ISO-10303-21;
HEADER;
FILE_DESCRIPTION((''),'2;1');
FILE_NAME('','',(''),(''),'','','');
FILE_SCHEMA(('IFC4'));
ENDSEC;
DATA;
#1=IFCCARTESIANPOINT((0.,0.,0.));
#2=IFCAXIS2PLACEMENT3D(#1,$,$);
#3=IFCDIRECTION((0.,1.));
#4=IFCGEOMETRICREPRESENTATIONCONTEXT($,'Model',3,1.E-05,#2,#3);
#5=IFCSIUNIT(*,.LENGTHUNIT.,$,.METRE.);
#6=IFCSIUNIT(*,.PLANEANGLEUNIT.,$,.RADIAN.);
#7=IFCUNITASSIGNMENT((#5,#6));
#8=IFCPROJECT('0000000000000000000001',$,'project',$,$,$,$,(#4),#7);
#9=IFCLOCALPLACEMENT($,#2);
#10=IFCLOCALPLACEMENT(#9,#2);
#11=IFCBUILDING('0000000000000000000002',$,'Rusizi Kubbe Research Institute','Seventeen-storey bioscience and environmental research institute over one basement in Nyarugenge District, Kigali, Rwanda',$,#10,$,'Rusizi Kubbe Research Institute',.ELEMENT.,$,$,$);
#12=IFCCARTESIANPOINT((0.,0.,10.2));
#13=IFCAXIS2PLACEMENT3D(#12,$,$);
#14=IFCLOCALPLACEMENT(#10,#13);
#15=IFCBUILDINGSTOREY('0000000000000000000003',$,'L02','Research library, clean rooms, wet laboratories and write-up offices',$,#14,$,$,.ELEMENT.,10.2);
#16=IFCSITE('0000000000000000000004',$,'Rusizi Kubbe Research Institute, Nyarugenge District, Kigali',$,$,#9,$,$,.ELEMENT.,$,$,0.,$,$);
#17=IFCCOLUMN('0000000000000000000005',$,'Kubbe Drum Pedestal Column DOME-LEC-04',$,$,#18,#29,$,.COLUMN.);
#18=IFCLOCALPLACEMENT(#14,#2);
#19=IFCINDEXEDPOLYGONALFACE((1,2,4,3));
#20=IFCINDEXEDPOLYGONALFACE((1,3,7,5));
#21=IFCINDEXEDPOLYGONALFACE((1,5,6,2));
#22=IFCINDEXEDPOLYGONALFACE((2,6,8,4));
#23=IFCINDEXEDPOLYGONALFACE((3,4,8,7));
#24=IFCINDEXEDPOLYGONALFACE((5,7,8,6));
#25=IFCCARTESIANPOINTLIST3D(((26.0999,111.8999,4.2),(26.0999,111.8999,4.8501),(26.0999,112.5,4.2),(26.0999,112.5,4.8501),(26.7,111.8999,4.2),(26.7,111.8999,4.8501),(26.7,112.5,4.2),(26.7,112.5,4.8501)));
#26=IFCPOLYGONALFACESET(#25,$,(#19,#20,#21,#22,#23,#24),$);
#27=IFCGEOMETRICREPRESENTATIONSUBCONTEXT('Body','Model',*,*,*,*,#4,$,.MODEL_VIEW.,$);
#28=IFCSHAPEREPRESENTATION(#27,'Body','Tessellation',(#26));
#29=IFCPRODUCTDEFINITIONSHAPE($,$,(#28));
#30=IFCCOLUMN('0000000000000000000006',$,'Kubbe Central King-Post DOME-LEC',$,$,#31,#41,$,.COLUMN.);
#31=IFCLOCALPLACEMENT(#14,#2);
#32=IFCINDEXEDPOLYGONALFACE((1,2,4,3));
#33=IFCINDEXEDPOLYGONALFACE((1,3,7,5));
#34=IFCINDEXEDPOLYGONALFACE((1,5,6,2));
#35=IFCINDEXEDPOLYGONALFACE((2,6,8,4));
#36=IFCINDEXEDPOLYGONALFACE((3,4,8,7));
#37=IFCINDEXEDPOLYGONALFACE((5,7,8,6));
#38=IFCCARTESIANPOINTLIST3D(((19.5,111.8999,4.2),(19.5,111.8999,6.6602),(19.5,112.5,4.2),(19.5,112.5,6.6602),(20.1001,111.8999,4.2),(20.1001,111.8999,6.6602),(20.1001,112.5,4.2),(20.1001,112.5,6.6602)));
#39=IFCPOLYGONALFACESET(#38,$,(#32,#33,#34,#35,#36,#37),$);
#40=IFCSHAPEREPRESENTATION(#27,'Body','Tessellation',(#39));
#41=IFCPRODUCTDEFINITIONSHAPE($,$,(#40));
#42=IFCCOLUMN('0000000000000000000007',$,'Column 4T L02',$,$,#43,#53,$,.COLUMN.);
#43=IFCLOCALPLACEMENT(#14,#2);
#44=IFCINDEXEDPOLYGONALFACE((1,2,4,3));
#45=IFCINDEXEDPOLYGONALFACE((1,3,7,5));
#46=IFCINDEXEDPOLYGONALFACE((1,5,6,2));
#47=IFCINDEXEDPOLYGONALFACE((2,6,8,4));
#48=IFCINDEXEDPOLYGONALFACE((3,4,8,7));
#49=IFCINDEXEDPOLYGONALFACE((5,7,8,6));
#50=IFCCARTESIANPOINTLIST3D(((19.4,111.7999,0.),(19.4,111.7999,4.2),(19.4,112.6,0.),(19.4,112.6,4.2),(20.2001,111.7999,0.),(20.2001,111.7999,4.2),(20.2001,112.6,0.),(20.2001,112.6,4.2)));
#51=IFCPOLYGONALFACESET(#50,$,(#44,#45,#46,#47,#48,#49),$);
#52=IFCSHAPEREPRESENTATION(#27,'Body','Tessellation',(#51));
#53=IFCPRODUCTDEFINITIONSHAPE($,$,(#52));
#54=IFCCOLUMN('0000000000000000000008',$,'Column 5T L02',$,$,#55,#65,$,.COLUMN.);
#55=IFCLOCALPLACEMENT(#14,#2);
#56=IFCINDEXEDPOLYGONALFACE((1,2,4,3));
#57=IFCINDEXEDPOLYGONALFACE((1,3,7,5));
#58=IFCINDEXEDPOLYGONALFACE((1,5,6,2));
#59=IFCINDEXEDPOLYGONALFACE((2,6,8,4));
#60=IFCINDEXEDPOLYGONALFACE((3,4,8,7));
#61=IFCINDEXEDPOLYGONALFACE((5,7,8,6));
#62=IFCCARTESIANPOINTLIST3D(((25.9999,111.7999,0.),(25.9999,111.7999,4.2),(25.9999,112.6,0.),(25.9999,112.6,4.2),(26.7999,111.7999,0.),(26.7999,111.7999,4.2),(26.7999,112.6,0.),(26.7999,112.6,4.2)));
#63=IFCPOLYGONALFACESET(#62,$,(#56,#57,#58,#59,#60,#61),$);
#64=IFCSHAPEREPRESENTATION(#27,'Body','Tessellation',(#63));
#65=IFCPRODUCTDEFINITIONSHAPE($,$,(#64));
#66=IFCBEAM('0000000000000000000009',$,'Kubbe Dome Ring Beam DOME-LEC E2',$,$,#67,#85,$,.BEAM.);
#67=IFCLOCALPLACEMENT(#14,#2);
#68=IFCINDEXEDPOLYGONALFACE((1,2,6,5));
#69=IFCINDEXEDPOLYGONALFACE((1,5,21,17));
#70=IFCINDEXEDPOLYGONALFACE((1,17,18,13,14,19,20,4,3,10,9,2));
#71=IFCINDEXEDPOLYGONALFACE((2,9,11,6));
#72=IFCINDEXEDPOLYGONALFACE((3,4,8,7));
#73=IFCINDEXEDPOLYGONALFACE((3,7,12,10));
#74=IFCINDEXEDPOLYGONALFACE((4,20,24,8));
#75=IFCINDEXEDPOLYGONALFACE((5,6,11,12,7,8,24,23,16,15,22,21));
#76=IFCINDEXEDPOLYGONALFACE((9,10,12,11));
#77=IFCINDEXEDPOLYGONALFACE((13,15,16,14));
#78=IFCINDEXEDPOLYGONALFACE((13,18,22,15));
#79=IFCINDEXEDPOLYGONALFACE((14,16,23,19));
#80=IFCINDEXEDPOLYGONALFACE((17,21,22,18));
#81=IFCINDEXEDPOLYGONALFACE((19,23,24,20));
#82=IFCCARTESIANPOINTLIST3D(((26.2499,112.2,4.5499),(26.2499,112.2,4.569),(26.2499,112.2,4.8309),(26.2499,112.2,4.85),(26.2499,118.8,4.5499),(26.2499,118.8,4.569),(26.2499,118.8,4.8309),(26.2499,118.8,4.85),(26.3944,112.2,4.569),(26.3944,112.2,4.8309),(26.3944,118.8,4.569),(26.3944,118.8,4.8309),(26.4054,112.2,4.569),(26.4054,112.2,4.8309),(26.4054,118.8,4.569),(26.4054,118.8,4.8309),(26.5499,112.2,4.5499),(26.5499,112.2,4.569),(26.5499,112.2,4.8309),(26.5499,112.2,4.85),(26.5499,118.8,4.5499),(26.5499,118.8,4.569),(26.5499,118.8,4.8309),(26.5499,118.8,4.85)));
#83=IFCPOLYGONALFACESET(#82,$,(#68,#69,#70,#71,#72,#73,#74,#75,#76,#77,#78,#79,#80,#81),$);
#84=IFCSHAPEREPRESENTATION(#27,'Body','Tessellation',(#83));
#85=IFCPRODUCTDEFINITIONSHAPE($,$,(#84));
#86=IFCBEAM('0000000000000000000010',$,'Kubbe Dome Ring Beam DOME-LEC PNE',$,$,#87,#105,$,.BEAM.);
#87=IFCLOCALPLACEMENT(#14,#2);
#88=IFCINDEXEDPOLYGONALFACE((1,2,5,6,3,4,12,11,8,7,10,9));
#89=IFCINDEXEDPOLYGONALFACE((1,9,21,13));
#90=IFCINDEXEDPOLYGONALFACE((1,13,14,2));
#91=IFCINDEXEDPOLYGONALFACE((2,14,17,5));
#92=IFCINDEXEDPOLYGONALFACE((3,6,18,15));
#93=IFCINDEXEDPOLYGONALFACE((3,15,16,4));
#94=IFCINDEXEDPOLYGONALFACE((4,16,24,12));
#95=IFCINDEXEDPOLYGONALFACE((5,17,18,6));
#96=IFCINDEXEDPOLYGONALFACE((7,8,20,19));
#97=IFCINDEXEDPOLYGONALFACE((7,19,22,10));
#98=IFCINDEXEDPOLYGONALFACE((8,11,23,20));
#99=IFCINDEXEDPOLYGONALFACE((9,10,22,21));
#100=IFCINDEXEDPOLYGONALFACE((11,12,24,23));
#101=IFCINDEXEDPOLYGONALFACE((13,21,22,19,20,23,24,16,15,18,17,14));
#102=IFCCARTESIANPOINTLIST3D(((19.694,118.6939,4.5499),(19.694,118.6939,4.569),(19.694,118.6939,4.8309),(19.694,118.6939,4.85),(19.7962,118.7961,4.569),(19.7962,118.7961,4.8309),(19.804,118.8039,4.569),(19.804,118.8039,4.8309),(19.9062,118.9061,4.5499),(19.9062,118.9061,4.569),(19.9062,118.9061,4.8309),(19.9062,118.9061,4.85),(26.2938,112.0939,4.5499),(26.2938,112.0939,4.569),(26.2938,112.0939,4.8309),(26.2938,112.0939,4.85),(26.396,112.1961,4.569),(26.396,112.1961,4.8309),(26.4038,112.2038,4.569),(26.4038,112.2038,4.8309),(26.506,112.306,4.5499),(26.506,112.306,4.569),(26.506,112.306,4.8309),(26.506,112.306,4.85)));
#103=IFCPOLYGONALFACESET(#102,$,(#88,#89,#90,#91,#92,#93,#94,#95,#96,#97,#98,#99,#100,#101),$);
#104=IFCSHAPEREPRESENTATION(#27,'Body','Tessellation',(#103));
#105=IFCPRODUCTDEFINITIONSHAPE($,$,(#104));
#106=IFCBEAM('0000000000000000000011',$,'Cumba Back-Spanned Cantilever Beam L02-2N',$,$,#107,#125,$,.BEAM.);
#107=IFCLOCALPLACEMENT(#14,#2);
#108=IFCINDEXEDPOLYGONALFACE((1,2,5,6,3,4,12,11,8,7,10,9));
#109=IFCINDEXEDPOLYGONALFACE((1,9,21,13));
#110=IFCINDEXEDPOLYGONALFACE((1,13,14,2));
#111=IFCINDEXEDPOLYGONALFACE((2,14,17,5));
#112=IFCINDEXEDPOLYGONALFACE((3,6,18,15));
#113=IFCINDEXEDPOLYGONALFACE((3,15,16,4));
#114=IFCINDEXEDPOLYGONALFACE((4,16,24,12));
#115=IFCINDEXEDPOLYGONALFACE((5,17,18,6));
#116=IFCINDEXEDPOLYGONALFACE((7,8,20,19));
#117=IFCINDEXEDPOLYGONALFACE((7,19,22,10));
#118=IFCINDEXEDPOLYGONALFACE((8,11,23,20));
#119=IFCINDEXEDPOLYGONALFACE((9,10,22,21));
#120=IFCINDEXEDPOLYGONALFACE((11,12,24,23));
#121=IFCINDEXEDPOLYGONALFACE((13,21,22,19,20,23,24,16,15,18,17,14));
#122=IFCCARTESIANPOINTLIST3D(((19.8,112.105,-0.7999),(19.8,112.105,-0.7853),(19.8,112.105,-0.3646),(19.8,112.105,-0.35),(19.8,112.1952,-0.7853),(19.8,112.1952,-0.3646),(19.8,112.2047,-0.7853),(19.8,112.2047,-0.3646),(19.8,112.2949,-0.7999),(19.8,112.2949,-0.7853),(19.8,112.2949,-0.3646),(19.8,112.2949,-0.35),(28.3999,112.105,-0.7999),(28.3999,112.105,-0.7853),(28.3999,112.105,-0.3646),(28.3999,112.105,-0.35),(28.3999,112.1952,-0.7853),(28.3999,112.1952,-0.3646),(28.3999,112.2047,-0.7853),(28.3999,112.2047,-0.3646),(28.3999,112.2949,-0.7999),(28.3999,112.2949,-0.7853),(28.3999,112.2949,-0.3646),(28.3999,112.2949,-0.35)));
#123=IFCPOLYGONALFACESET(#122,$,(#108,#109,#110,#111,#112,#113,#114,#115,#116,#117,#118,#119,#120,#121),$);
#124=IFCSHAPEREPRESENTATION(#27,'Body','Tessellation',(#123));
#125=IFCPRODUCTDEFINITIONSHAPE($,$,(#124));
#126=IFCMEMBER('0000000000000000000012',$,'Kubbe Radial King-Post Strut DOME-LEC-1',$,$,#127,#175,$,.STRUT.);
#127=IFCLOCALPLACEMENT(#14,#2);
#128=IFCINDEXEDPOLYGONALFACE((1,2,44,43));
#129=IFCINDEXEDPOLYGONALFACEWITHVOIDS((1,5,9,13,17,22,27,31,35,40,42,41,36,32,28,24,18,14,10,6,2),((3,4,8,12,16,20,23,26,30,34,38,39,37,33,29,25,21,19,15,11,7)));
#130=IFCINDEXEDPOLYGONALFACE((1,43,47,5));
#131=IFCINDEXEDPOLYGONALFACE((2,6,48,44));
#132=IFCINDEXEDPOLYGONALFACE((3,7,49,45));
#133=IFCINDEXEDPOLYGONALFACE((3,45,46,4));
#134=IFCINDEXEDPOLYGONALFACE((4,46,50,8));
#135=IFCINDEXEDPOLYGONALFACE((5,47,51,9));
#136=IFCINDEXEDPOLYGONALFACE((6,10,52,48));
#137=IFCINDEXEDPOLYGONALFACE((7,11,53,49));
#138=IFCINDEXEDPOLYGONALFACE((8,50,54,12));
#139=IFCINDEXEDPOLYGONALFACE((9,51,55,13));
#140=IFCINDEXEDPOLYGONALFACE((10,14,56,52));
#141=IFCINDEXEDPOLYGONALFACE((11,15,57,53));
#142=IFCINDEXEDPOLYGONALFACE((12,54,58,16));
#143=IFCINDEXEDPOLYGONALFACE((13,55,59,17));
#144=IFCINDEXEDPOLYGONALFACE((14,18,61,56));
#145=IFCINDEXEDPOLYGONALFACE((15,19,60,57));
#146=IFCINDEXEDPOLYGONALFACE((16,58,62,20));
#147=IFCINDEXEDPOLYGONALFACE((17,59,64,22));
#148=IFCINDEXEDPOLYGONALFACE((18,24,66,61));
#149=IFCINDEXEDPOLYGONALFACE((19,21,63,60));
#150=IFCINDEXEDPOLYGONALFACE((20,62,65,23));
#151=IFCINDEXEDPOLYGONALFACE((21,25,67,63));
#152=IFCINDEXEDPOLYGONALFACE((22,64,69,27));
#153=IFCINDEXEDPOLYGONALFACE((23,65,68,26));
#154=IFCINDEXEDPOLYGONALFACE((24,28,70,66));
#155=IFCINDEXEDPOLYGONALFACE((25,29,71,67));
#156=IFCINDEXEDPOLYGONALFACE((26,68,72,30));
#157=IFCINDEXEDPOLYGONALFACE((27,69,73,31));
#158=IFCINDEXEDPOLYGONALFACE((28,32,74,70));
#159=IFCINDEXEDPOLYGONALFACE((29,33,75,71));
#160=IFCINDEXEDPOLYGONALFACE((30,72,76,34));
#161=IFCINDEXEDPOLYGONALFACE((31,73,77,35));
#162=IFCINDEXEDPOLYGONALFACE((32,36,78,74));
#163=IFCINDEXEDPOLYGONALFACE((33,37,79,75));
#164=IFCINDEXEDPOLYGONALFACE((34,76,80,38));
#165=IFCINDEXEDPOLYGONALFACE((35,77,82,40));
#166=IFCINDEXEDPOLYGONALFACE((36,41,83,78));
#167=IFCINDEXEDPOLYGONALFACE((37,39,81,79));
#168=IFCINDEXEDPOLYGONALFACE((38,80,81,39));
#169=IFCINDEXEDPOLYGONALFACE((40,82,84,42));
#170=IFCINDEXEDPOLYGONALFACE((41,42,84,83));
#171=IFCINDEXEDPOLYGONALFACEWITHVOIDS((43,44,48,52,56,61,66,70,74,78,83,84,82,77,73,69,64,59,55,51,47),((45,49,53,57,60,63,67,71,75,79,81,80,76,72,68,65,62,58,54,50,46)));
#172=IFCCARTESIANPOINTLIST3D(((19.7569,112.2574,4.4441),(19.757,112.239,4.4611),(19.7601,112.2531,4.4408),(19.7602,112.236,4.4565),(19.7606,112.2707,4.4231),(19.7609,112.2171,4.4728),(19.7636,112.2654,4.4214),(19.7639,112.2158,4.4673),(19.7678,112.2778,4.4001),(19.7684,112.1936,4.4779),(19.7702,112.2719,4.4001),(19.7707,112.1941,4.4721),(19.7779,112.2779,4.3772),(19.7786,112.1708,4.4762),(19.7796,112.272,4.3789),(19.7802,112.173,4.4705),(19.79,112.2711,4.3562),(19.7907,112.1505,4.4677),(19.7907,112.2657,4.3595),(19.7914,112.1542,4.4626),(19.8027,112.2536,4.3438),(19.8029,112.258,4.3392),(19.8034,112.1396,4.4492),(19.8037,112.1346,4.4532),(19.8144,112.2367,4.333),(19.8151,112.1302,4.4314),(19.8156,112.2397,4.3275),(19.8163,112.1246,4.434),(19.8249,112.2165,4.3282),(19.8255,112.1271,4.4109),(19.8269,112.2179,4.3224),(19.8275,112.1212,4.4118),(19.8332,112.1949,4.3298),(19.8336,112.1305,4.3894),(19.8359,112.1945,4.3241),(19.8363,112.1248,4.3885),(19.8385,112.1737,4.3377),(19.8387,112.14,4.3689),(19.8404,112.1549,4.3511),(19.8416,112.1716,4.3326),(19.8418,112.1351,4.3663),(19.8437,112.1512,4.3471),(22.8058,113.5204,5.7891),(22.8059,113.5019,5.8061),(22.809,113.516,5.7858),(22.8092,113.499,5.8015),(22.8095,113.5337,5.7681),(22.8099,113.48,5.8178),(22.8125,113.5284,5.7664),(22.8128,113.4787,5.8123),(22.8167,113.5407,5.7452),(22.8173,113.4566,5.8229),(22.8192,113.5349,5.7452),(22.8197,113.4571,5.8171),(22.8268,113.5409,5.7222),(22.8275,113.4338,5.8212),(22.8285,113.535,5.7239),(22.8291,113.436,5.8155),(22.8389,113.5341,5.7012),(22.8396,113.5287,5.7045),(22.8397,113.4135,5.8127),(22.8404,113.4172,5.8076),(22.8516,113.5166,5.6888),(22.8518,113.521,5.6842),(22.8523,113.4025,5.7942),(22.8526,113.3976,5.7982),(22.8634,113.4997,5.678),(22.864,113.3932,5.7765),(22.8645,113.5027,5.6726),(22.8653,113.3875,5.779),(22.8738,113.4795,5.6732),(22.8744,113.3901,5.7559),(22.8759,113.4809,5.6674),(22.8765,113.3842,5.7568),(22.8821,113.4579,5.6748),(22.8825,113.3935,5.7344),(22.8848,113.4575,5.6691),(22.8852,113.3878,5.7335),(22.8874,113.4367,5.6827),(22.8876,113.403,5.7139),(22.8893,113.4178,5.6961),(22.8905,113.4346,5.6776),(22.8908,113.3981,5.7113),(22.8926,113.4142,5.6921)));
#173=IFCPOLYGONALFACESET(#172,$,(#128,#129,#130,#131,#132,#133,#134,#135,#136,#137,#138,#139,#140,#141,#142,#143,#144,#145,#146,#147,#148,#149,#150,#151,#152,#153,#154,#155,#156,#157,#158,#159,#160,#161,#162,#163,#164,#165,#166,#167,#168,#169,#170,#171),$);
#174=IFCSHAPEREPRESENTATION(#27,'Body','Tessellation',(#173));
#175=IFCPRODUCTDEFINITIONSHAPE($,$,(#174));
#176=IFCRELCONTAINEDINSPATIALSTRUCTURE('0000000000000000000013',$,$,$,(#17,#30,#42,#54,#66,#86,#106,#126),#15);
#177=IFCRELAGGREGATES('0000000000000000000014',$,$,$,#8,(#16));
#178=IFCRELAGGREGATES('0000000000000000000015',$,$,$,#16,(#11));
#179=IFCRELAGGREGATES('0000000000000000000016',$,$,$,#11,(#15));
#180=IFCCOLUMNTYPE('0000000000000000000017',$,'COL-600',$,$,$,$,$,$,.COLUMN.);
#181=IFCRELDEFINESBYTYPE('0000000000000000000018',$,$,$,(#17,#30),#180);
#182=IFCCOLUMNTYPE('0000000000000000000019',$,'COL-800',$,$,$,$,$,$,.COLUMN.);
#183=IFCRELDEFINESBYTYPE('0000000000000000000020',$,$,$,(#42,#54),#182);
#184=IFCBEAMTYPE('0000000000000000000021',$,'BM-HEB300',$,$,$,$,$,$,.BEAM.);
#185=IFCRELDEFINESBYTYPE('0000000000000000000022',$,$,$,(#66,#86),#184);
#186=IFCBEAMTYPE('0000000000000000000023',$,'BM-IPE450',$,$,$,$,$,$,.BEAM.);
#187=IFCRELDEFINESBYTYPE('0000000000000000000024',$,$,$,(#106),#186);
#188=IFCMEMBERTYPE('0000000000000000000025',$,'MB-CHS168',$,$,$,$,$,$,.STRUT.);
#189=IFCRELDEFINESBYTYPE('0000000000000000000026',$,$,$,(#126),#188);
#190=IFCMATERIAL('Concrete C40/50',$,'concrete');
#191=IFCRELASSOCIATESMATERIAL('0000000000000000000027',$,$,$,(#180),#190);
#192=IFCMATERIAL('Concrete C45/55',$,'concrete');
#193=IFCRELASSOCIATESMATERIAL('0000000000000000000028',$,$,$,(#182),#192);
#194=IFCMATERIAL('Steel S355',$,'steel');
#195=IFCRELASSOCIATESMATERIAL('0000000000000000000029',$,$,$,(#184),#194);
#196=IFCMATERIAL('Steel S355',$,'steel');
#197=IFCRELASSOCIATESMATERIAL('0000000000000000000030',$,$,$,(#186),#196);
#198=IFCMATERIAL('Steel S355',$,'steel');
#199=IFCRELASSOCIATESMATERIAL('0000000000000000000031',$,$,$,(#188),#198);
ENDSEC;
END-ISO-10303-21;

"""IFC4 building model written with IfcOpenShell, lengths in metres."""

from ifc_helpers import new_model, si_unit, direction, frame, origin, origin_2d, place, context, subcontext, project, spatial, rectangle, hollow_circle, i_section, extrude, material, material_profile, profile_set, type_object, element, save


model = new_model("IFC4")

# Units and contexts
model_context = context("Model", 3, precision=1e-05, world=origin(), true_north=direction((0.0, 1.0)))
body_context = subcontext(model_context, "Body", "Model", "MODEL_VIEW")
ifc_project = project(units=[si_unit("LENGTHUNIT", "METRE"), si_unit("PLANEANGLEUNIT", "RADIAN")], contexts=[model_context])

# Site, building, storey
site_placement = place(None, origin())
site = spatial("IfcSite", under=ifc_project, at=site_placement, Name="Rusizi Kubbe Research Institute, Nyarugenge District, Kigali", CompositionType="ELEMENT", RefElevation=0.0)
building_placement = place(site_placement, origin())
building = spatial("IfcBuilding", under=site, at=building_placement, Name="Rusizi Kubbe Research Institute", Description="Seventeen-storey bioscience and environmental research institute over one basement in Nyarugenge District, Kigali, Rwanda", LongName="Rusizi Kubbe Research Institute", CompositionType="ELEMENT")
storey_placement = place(building_placement, frame((0.0, 0.0, 10.2)))
storey = spatial("IfcBuildingStorey", under=building, at=storey_placement, Name="L02", Description="Research library, clean rooms, wet laboratories and write-up offices", CompositionType="ELEMENT", Elevation=10.2)

# Columns
ifc_material_1 = material(Name="Concrete C40/50", Category="concrete")
ifc_material_profile_1 = material_profile(ifc_material_1, rectangle(XDim=0.6001, YDim=0.6001, at=origin_2d()), Name="RC600x600")
ifc_profile_set_1 = profile_set([ifc_material_profile_1], Name="Concrete C40/50")
column_type_1 = type_object("IfcColumnType", Name="COL-600", PredefinedType="COLUMN", material=ifc_profile_set_1)
column_1_placement = place(storey_placement, frame((26.3999, 112.2, 4.2), z_axis=(0.0, 0.0, 1.0), x_axis=(1.0, 0.0, 0.0)))
element("IfcColumn", 1, at=column_1_placement, inside=storey, type_object=column_type_1, Name="Kubbe Drum Pedestal Column DOME-LEC-04", PredefinedType="COLUMN", context=body_context, shape_type="SweptSolid", body=[
    extrude(rectangle(XDim=0.6001, YDim=0.6001, at=origin_2d()), origin(), (0.0, 0.0, 1.0), 0.6501),
])
column_2_placement = place(storey_placement, frame((19.8, 112.2, 4.2), z_axis=(0.0, 0.0, 1.0), x_axis=(1.0, 0.0, 0.0)))
element("IfcColumn", 2, at=column_2_placement, inside=storey, type_object=column_type_1, Name="Kubbe Central King-Post DOME-LEC", PredefinedType="COLUMN", context=body_context, shape_type="SweptSolid", body=[
    extrude(rectangle(XDim=0.6001, YDim=0.6001, at=origin_2d()), origin(), (0.0, 0.0, 1.0), 2.4602),
])
ifc_material_2 = material(Name="Concrete C45/55", Category="concrete")
ifc_material_profile_2 = material_profile(ifc_material_2, rectangle(XDim=0.8, YDim=0.8, at=origin_2d()), Name="RC800x800")
ifc_profile_set_2 = profile_set([ifc_material_profile_2], Name="Concrete C45/55")
column_type_2 = type_object("IfcColumnType", Name="COL-800", PredefinedType="COLUMN", material=ifc_profile_set_2)
for number, where, z_axis, x_axis, name in (
    (3, (19.8, 112.2, 0.0), (0.0, 0.0, 1.0), (1.0, 0.0, 0.0), "Column 4T L02"),
    (4, (26.3999, 112.2, 0.0), (0.0, 0.0, 1.0), (1.0, 0.0, 0.0), "Column 5T L02"),
):
    element("IfcColumn", number, at=place(storey_placement, frame(where, z_axis=z_axis, x_axis=x_axis)), inside=storey, type_object=column_type_2, Name=name, PredefinedType="COLUMN", context=body_context, shape_type="SweptSolid", body=[
        extrude(rectangle(XDim=0.8, YDim=0.8, at=origin_2d()), origin(), (0.0, 0.0, 1.0), 4.2),
    ])

# Beams
ifc_material_3 = material(Name="Steel S355", Category="steel")
ifc_material_profile_3 = material_profile(ifc_material_3, i_section(OverallWidth=0.3, OverallDepth=0.3, WebThickness=0.011, FlangeThickness=0.019, at=origin_2d()), Name="HEB 300")
ifc_profile_set_3 = profile_set([ifc_material_profile_3], Name="Steel S355")
beam_type_1 = type_object("IfcBeamType", Name="BM-HEB300", PredefinedType="BEAM", material=ifc_profile_set_3)
beam_1_placement = place(storey_placement, frame((26.3999, 112.2, 4.7), z_axis=(0.0, 1.0, 0.0), x_axis=(-1.0, 0.0, 0.0)))
element("IfcBeam", 5, at=beam_1_placement, inside=storey, type_object=beam_type_1, Name="Kubbe Dome Ring Beam DOME-LEC E2", PredefinedType="BEAM", context=body_context, shape_type="SweptSolid", body=[
    extrude(i_section(OverallWidth=0.3, OverallDepth=0.3, WebThickness=0.011, FlangeThickness=0.019, at=origin_2d()), origin(), (0.0, 0.0, 1.0), 6.6001),
])
beam_2_placement = place(storey_placement, frame((26.3999, 112.2, 4.7), z_axis=(-0.707094, 0.70712, 0.0), x_axis=(-0.70712, -0.707094, 0.0)))
element("IfcBeam", 6, at=beam_2_placement, inside=storey, type_object=beam_type_1, Name="Kubbe Dome Ring Beam DOME-LEC PNE", PredefinedType="BEAM", context=body_context, shape_type="SweptSolid", body=[
    extrude(i_section(OverallWidth=0.3, OverallDepth=0.3, WebThickness=0.011, FlangeThickness=0.019, at=origin_2d()), origin(), (0.0, 0.0, 1.0), 9.3337),
])
ifc_material_4 = material(Name="Steel S355", Category="steel")
ifc_material_profile_4 = material_profile(ifc_material_4, i_section(OverallWidth=0.1899, OverallDepth=0.45, WebThickness=0.0095, FlangeThickness=0.0146, at=origin_2d()), Name="IPE 450")
ifc_profile_set_4 = profile_set([ifc_material_profile_4], Name="Steel S355")
beam_type_2 = type_object("IfcBeamType", Name="BM-IPE450", PredefinedType="BEAM", material=ifc_profile_set_4)
beam_3_placement = place(storey_placement, frame((19.8, 112.2, -0.575), z_axis=(1.0, 0.0, 0.0), x_axis=(0.0, 1.0, 0.0)))
element("IfcBeam", 7, at=beam_3_placement, inside=storey, type_object=beam_type_2, Name="Cumba Back-Spanned Cantilever Beam L02-2N", PredefinedType="BEAM", context=body_context, shape_type="SweptSolid", body=[
    extrude(i_section(OverallWidth=0.1899, OverallDepth=0.45, WebThickness=0.0095, FlangeThickness=0.0146, at=origin_2d()), origin(), (0.0, 0.0, 1.0), 8.5999),
])

# Member
ifc_material_5 = material(Name="Steel S355", Category="steel")
ifc_material_profile_5 = material_profile(ifc_material_5, hollow_circle(Radius=0.0842, WallThickness=0.0063, at=origin_2d()), Name="CHS 168.3x6.3")
ifc_profile_set_5 = profile_set([ifc_material_profile_5], Name="Steel S355")
member_type_1 = type_object("IfcMemberType", Name="MB-CHS168", PredefinedType="STRUT", material=ifc_profile_set_5)
member_1_placement = place(storey_placement, frame((19.8, 112.2, 4.4001), z_axis=(0.855545, 0.354399, 0.377418), x_axis=(-0.382702, 0.923872, 0.0)))
element("IfcMember", 8, at=member_1_placement, inside=storey, type_object=member_type_1, Name="Kubbe Radial King-Post Strut DOME-LEC-1", PredefinedType="STRUT", context=body_context, shape_type="SweptSolid", body=[
    extrude(hollow_circle(Radius=0.0842, WallThickness=0.0063, at=origin_2d()), origin(), (0.0, 0.0, 1.0), 3.5637),
])

save(model, "model.ifc")
